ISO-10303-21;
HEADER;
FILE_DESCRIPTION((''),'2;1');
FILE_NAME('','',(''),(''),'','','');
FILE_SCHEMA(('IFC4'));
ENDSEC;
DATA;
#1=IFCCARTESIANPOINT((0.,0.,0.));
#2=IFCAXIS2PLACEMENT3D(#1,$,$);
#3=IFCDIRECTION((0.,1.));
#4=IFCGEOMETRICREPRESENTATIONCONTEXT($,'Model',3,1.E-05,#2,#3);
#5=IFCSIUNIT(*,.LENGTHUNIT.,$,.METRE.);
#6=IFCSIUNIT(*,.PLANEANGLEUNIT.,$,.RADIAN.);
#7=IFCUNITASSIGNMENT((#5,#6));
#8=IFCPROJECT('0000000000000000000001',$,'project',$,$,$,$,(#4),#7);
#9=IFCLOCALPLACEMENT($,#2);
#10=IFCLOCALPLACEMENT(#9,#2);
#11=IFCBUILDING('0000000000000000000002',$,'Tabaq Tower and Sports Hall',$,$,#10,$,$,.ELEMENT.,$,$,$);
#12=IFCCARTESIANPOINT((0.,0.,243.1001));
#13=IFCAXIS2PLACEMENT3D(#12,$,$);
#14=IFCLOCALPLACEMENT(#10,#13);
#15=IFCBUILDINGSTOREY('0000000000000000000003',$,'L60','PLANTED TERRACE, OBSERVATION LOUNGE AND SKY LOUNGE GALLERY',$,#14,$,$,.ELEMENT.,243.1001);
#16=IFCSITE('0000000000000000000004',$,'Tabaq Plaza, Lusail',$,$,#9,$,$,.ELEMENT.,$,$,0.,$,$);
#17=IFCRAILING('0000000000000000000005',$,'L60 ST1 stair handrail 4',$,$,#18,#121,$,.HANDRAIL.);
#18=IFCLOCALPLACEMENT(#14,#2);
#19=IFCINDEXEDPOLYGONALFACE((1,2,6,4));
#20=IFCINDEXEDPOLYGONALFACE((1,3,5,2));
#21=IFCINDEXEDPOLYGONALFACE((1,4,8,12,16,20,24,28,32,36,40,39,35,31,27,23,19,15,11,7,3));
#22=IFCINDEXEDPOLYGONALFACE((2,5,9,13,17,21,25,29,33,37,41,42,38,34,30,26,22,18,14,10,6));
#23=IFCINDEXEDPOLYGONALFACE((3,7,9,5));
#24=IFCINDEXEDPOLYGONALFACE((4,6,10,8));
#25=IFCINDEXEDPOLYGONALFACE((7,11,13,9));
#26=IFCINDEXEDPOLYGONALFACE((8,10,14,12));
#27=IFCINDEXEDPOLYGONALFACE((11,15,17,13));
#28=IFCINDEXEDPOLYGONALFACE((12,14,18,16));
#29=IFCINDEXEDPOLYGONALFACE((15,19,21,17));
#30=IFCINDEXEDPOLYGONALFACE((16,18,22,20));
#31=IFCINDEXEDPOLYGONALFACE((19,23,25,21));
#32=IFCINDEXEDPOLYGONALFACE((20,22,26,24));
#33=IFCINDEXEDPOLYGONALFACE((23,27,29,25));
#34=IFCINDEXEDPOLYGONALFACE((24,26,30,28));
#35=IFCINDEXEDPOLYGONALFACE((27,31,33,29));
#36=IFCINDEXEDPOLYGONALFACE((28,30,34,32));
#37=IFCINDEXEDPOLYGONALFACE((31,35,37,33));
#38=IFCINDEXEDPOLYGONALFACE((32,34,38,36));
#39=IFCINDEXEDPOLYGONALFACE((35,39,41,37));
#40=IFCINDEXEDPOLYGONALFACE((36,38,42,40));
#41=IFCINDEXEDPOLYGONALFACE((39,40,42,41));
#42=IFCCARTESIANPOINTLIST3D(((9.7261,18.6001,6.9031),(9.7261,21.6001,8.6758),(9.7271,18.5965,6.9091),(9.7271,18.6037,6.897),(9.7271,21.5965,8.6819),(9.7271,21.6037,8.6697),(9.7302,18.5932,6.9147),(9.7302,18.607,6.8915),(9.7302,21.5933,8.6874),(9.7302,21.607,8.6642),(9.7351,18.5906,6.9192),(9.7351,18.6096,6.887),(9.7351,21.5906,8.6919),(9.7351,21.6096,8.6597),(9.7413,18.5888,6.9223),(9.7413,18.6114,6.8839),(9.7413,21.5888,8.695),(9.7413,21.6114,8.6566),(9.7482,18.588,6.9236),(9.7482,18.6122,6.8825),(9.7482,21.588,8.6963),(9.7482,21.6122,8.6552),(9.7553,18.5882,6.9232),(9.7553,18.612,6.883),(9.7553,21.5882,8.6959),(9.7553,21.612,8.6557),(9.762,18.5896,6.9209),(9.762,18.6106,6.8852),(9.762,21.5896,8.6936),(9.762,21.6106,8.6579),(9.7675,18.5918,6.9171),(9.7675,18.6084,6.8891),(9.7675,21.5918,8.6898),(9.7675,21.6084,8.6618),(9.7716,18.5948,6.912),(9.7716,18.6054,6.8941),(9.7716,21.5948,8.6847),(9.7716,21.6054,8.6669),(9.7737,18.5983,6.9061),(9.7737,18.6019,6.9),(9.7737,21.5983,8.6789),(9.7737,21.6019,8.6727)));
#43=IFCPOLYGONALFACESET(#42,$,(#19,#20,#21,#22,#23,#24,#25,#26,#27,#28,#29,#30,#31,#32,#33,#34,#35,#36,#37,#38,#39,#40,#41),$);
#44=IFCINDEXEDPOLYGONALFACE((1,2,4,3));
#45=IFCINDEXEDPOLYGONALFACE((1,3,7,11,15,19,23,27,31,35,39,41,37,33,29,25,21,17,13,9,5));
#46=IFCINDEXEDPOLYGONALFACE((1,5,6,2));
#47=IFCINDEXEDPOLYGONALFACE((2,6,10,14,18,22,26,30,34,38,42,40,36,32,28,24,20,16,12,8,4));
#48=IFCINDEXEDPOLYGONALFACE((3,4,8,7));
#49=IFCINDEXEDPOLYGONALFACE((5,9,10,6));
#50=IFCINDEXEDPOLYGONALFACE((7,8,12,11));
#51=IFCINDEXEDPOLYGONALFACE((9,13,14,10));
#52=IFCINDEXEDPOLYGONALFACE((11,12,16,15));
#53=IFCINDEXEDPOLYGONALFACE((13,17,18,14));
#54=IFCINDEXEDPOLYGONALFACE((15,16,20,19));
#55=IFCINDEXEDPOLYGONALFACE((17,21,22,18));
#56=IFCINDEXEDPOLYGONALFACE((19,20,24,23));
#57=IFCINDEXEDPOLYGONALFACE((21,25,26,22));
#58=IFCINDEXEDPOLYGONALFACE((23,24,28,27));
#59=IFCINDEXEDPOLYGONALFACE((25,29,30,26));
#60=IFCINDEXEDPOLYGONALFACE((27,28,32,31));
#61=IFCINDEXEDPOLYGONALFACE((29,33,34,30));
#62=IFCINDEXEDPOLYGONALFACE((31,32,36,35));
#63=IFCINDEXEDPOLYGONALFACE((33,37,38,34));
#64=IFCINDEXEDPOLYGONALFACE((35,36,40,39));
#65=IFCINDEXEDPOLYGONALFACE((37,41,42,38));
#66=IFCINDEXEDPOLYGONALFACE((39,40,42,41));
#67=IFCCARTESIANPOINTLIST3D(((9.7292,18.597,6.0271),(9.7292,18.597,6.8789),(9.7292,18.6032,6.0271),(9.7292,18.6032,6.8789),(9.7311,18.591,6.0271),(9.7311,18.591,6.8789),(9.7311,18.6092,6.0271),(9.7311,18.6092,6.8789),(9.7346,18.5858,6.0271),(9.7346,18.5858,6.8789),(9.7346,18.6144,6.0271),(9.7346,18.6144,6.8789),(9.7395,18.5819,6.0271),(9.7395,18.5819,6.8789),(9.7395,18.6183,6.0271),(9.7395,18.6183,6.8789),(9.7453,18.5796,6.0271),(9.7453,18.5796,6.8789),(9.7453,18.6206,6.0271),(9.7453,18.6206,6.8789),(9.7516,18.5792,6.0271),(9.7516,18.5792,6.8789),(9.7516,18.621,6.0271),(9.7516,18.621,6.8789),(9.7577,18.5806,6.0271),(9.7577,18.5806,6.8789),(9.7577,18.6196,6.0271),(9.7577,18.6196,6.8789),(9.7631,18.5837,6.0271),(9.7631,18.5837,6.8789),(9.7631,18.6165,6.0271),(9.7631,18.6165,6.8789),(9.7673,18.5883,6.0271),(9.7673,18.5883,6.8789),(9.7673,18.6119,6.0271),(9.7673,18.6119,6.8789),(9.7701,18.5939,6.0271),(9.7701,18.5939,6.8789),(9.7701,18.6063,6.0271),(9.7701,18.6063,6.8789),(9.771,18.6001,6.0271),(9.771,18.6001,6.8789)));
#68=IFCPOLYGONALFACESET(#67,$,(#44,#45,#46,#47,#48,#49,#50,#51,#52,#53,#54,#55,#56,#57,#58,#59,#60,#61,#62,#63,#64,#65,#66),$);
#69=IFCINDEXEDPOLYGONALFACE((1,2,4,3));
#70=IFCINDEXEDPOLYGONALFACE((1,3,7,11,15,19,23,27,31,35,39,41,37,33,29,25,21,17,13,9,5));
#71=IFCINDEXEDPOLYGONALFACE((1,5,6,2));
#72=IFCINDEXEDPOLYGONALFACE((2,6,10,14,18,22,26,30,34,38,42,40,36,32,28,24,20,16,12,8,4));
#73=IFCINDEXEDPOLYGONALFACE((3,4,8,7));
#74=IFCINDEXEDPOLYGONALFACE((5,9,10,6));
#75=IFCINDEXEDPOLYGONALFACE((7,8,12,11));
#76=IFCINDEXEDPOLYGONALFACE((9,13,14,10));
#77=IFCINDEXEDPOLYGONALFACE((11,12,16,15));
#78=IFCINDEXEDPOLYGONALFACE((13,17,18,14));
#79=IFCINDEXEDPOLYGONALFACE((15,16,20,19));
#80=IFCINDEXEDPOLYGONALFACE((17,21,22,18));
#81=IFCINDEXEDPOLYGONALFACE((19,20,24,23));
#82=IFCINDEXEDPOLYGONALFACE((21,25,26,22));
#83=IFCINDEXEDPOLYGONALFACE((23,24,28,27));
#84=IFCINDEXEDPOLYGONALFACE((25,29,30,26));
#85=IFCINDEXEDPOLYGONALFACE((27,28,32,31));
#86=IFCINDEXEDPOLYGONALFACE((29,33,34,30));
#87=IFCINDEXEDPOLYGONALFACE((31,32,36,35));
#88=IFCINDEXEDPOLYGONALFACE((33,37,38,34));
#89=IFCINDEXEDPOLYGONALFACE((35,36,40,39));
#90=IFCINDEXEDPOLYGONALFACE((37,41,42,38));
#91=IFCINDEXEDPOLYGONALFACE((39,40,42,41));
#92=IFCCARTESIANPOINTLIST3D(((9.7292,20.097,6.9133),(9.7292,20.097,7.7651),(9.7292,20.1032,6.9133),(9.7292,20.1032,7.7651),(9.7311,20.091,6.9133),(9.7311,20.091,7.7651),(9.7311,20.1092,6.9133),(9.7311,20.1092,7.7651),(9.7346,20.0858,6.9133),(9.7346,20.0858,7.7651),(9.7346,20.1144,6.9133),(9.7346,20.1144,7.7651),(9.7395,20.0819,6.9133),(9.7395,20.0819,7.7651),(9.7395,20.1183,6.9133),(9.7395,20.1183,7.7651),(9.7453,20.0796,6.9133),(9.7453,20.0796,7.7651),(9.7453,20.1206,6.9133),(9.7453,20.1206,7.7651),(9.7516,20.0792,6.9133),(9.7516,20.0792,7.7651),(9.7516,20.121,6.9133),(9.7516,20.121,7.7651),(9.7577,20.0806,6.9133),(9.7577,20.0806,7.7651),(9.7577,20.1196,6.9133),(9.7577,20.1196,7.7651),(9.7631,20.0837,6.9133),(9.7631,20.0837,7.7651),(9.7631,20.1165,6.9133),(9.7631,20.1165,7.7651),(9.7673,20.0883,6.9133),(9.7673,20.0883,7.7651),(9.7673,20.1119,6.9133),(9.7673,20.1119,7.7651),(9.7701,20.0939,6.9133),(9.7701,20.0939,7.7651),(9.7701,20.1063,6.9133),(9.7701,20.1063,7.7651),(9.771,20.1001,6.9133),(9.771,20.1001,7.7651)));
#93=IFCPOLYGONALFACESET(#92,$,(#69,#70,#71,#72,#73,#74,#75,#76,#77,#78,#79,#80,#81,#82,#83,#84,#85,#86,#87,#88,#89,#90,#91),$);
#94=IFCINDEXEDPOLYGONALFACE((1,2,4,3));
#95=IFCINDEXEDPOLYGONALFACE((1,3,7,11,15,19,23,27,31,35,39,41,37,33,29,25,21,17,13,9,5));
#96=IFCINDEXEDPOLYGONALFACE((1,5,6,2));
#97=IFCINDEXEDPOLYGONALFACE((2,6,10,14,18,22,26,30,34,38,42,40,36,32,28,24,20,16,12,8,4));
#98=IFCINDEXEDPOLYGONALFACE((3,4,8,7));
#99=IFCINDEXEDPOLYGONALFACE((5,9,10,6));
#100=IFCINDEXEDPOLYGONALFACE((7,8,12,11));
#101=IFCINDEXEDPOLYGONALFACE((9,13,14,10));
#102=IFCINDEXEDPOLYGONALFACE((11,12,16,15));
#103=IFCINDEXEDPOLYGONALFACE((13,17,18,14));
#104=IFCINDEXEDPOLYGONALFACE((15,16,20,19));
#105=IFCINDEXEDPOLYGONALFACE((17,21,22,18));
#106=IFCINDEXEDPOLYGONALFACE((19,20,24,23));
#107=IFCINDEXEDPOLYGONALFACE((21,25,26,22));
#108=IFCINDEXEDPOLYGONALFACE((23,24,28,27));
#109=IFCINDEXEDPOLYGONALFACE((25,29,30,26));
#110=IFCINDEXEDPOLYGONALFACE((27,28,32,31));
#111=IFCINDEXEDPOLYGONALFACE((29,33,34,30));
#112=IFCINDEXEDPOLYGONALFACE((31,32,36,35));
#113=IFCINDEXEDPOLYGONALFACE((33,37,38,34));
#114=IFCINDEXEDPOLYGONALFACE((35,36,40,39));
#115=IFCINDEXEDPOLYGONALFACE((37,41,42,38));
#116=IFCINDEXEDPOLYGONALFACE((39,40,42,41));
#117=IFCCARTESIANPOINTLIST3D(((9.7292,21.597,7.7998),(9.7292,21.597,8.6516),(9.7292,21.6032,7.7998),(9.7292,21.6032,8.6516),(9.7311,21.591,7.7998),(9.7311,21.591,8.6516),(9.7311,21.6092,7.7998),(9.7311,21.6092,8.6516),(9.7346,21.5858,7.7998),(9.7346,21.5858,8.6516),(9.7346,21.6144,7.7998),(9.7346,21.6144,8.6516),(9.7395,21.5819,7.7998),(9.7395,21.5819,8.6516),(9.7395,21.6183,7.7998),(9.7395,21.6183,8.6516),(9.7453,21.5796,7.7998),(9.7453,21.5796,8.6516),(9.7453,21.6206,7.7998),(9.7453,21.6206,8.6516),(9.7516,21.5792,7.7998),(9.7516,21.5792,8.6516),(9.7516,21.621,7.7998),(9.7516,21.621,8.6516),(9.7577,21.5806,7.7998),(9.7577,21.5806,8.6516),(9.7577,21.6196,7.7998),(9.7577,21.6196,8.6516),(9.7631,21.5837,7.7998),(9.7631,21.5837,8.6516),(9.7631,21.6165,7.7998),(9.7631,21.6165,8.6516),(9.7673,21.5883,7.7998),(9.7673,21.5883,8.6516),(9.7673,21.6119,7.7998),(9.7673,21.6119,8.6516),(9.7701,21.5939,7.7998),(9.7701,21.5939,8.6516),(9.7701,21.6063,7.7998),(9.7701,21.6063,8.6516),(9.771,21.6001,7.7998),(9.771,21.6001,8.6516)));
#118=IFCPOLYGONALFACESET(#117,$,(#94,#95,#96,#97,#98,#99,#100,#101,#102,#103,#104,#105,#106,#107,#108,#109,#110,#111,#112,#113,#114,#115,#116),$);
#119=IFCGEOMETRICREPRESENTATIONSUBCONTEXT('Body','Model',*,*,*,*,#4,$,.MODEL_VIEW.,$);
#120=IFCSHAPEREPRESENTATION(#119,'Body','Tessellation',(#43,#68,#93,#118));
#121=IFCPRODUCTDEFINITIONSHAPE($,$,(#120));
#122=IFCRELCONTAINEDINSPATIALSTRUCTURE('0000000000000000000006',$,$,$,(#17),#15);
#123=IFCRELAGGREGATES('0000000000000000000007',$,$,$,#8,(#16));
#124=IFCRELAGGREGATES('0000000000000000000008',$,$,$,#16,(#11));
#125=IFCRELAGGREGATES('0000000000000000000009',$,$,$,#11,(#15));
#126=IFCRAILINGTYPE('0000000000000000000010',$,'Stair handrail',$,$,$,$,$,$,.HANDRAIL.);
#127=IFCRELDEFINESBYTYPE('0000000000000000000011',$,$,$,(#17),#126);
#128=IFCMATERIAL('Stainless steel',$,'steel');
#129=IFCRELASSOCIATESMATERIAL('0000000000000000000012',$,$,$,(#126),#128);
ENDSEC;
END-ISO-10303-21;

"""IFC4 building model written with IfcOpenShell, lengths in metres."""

from ifc_helpers import new_model, si_unit, direction, frame, origin, origin_2d, place, context, subcontext, project, spatial, circle, extrude, material, type_object, element, save


model = new_model("IFC4")

# Units and contexts
model_context = context("Model", 3, precision=1e-05, world=origin(), true_north=direction((0.0, 1.0)))
body_context = subcontext(model_context, "Body", "Model", "MODEL_VIEW")
ifc_project = project(units=[si_unit("LENGTHUNIT", "METRE"), si_unit("PLANEANGLEUNIT", "RADIAN")], contexts=[model_context])

# Site, building, storey
site_placement = place(None, origin())
site = spatial("IfcSite", under=ifc_project, at=site_placement, Name="Tabaq Plaza, Lusail", CompositionType="ELEMENT", RefElevation=0.0)
building_placement = place(site_placement, origin())
building = spatial("IfcBuilding", under=site, at=building_placement, Name="Tabaq Tower and Sports Hall", CompositionType="ELEMENT")
storey_placement = place(building_placement, frame((0.0, 0.0, 243.1001)))
storey = spatial("IfcBuildingStorey", under=building, at=storey_placement, Name="L60", Description="PLANTED TERRACE, OBSERVATION LOUNGE AND SKY LOUNGE GALLERY", CompositionType="ELEMENT", Elevation=243.1001)

# Railing
ifc_material_1 = material(Name="Stainless steel", Category="steel")
railing_type_1 = type_object("IfcRailingType", Name="Stair handrail", PredefinedType="HANDRAIL", material=ifc_material_1)
railing_1_placement = place(storey_placement, frame((9.75, 18.6001, 6.0271)))
element("IfcRailing", 1, at=railing_1_placement, inside=storey, type_object=railing_type_1, Name="L60 ST1 stair handrail 4", PredefinedType="HANDRAIL", context=body_context, shape_type="SweptSolid", body=[
    extrude(circle(Radius=0.0239, at=origin_2d()), frame((0.0, 0.0, 0.876), z_axis=(0.0, 0.860929, 0.508725), x_axis=(-1.0, 0.0, 0.0)), (0.0, 0.0, 1.0), 3.4846),
    extrude(circle(Radius=0.021, at=origin_2d()), origin(), (0.0, 0.0, 1.0), 0.8518),
    extrude(circle(Radius=0.021, at=origin_2d()), frame((0.0, 1.5, 0.8862)), (0.0, 0.0, 1.0), 0.8518),
    extrude(circle(Radius=0.021, at=origin_2d()), frame((0.0, 3.0, 1.7727)), (0.0, 0.0, 1.0), 0.8518),
])

save(model, "model.ifc")
